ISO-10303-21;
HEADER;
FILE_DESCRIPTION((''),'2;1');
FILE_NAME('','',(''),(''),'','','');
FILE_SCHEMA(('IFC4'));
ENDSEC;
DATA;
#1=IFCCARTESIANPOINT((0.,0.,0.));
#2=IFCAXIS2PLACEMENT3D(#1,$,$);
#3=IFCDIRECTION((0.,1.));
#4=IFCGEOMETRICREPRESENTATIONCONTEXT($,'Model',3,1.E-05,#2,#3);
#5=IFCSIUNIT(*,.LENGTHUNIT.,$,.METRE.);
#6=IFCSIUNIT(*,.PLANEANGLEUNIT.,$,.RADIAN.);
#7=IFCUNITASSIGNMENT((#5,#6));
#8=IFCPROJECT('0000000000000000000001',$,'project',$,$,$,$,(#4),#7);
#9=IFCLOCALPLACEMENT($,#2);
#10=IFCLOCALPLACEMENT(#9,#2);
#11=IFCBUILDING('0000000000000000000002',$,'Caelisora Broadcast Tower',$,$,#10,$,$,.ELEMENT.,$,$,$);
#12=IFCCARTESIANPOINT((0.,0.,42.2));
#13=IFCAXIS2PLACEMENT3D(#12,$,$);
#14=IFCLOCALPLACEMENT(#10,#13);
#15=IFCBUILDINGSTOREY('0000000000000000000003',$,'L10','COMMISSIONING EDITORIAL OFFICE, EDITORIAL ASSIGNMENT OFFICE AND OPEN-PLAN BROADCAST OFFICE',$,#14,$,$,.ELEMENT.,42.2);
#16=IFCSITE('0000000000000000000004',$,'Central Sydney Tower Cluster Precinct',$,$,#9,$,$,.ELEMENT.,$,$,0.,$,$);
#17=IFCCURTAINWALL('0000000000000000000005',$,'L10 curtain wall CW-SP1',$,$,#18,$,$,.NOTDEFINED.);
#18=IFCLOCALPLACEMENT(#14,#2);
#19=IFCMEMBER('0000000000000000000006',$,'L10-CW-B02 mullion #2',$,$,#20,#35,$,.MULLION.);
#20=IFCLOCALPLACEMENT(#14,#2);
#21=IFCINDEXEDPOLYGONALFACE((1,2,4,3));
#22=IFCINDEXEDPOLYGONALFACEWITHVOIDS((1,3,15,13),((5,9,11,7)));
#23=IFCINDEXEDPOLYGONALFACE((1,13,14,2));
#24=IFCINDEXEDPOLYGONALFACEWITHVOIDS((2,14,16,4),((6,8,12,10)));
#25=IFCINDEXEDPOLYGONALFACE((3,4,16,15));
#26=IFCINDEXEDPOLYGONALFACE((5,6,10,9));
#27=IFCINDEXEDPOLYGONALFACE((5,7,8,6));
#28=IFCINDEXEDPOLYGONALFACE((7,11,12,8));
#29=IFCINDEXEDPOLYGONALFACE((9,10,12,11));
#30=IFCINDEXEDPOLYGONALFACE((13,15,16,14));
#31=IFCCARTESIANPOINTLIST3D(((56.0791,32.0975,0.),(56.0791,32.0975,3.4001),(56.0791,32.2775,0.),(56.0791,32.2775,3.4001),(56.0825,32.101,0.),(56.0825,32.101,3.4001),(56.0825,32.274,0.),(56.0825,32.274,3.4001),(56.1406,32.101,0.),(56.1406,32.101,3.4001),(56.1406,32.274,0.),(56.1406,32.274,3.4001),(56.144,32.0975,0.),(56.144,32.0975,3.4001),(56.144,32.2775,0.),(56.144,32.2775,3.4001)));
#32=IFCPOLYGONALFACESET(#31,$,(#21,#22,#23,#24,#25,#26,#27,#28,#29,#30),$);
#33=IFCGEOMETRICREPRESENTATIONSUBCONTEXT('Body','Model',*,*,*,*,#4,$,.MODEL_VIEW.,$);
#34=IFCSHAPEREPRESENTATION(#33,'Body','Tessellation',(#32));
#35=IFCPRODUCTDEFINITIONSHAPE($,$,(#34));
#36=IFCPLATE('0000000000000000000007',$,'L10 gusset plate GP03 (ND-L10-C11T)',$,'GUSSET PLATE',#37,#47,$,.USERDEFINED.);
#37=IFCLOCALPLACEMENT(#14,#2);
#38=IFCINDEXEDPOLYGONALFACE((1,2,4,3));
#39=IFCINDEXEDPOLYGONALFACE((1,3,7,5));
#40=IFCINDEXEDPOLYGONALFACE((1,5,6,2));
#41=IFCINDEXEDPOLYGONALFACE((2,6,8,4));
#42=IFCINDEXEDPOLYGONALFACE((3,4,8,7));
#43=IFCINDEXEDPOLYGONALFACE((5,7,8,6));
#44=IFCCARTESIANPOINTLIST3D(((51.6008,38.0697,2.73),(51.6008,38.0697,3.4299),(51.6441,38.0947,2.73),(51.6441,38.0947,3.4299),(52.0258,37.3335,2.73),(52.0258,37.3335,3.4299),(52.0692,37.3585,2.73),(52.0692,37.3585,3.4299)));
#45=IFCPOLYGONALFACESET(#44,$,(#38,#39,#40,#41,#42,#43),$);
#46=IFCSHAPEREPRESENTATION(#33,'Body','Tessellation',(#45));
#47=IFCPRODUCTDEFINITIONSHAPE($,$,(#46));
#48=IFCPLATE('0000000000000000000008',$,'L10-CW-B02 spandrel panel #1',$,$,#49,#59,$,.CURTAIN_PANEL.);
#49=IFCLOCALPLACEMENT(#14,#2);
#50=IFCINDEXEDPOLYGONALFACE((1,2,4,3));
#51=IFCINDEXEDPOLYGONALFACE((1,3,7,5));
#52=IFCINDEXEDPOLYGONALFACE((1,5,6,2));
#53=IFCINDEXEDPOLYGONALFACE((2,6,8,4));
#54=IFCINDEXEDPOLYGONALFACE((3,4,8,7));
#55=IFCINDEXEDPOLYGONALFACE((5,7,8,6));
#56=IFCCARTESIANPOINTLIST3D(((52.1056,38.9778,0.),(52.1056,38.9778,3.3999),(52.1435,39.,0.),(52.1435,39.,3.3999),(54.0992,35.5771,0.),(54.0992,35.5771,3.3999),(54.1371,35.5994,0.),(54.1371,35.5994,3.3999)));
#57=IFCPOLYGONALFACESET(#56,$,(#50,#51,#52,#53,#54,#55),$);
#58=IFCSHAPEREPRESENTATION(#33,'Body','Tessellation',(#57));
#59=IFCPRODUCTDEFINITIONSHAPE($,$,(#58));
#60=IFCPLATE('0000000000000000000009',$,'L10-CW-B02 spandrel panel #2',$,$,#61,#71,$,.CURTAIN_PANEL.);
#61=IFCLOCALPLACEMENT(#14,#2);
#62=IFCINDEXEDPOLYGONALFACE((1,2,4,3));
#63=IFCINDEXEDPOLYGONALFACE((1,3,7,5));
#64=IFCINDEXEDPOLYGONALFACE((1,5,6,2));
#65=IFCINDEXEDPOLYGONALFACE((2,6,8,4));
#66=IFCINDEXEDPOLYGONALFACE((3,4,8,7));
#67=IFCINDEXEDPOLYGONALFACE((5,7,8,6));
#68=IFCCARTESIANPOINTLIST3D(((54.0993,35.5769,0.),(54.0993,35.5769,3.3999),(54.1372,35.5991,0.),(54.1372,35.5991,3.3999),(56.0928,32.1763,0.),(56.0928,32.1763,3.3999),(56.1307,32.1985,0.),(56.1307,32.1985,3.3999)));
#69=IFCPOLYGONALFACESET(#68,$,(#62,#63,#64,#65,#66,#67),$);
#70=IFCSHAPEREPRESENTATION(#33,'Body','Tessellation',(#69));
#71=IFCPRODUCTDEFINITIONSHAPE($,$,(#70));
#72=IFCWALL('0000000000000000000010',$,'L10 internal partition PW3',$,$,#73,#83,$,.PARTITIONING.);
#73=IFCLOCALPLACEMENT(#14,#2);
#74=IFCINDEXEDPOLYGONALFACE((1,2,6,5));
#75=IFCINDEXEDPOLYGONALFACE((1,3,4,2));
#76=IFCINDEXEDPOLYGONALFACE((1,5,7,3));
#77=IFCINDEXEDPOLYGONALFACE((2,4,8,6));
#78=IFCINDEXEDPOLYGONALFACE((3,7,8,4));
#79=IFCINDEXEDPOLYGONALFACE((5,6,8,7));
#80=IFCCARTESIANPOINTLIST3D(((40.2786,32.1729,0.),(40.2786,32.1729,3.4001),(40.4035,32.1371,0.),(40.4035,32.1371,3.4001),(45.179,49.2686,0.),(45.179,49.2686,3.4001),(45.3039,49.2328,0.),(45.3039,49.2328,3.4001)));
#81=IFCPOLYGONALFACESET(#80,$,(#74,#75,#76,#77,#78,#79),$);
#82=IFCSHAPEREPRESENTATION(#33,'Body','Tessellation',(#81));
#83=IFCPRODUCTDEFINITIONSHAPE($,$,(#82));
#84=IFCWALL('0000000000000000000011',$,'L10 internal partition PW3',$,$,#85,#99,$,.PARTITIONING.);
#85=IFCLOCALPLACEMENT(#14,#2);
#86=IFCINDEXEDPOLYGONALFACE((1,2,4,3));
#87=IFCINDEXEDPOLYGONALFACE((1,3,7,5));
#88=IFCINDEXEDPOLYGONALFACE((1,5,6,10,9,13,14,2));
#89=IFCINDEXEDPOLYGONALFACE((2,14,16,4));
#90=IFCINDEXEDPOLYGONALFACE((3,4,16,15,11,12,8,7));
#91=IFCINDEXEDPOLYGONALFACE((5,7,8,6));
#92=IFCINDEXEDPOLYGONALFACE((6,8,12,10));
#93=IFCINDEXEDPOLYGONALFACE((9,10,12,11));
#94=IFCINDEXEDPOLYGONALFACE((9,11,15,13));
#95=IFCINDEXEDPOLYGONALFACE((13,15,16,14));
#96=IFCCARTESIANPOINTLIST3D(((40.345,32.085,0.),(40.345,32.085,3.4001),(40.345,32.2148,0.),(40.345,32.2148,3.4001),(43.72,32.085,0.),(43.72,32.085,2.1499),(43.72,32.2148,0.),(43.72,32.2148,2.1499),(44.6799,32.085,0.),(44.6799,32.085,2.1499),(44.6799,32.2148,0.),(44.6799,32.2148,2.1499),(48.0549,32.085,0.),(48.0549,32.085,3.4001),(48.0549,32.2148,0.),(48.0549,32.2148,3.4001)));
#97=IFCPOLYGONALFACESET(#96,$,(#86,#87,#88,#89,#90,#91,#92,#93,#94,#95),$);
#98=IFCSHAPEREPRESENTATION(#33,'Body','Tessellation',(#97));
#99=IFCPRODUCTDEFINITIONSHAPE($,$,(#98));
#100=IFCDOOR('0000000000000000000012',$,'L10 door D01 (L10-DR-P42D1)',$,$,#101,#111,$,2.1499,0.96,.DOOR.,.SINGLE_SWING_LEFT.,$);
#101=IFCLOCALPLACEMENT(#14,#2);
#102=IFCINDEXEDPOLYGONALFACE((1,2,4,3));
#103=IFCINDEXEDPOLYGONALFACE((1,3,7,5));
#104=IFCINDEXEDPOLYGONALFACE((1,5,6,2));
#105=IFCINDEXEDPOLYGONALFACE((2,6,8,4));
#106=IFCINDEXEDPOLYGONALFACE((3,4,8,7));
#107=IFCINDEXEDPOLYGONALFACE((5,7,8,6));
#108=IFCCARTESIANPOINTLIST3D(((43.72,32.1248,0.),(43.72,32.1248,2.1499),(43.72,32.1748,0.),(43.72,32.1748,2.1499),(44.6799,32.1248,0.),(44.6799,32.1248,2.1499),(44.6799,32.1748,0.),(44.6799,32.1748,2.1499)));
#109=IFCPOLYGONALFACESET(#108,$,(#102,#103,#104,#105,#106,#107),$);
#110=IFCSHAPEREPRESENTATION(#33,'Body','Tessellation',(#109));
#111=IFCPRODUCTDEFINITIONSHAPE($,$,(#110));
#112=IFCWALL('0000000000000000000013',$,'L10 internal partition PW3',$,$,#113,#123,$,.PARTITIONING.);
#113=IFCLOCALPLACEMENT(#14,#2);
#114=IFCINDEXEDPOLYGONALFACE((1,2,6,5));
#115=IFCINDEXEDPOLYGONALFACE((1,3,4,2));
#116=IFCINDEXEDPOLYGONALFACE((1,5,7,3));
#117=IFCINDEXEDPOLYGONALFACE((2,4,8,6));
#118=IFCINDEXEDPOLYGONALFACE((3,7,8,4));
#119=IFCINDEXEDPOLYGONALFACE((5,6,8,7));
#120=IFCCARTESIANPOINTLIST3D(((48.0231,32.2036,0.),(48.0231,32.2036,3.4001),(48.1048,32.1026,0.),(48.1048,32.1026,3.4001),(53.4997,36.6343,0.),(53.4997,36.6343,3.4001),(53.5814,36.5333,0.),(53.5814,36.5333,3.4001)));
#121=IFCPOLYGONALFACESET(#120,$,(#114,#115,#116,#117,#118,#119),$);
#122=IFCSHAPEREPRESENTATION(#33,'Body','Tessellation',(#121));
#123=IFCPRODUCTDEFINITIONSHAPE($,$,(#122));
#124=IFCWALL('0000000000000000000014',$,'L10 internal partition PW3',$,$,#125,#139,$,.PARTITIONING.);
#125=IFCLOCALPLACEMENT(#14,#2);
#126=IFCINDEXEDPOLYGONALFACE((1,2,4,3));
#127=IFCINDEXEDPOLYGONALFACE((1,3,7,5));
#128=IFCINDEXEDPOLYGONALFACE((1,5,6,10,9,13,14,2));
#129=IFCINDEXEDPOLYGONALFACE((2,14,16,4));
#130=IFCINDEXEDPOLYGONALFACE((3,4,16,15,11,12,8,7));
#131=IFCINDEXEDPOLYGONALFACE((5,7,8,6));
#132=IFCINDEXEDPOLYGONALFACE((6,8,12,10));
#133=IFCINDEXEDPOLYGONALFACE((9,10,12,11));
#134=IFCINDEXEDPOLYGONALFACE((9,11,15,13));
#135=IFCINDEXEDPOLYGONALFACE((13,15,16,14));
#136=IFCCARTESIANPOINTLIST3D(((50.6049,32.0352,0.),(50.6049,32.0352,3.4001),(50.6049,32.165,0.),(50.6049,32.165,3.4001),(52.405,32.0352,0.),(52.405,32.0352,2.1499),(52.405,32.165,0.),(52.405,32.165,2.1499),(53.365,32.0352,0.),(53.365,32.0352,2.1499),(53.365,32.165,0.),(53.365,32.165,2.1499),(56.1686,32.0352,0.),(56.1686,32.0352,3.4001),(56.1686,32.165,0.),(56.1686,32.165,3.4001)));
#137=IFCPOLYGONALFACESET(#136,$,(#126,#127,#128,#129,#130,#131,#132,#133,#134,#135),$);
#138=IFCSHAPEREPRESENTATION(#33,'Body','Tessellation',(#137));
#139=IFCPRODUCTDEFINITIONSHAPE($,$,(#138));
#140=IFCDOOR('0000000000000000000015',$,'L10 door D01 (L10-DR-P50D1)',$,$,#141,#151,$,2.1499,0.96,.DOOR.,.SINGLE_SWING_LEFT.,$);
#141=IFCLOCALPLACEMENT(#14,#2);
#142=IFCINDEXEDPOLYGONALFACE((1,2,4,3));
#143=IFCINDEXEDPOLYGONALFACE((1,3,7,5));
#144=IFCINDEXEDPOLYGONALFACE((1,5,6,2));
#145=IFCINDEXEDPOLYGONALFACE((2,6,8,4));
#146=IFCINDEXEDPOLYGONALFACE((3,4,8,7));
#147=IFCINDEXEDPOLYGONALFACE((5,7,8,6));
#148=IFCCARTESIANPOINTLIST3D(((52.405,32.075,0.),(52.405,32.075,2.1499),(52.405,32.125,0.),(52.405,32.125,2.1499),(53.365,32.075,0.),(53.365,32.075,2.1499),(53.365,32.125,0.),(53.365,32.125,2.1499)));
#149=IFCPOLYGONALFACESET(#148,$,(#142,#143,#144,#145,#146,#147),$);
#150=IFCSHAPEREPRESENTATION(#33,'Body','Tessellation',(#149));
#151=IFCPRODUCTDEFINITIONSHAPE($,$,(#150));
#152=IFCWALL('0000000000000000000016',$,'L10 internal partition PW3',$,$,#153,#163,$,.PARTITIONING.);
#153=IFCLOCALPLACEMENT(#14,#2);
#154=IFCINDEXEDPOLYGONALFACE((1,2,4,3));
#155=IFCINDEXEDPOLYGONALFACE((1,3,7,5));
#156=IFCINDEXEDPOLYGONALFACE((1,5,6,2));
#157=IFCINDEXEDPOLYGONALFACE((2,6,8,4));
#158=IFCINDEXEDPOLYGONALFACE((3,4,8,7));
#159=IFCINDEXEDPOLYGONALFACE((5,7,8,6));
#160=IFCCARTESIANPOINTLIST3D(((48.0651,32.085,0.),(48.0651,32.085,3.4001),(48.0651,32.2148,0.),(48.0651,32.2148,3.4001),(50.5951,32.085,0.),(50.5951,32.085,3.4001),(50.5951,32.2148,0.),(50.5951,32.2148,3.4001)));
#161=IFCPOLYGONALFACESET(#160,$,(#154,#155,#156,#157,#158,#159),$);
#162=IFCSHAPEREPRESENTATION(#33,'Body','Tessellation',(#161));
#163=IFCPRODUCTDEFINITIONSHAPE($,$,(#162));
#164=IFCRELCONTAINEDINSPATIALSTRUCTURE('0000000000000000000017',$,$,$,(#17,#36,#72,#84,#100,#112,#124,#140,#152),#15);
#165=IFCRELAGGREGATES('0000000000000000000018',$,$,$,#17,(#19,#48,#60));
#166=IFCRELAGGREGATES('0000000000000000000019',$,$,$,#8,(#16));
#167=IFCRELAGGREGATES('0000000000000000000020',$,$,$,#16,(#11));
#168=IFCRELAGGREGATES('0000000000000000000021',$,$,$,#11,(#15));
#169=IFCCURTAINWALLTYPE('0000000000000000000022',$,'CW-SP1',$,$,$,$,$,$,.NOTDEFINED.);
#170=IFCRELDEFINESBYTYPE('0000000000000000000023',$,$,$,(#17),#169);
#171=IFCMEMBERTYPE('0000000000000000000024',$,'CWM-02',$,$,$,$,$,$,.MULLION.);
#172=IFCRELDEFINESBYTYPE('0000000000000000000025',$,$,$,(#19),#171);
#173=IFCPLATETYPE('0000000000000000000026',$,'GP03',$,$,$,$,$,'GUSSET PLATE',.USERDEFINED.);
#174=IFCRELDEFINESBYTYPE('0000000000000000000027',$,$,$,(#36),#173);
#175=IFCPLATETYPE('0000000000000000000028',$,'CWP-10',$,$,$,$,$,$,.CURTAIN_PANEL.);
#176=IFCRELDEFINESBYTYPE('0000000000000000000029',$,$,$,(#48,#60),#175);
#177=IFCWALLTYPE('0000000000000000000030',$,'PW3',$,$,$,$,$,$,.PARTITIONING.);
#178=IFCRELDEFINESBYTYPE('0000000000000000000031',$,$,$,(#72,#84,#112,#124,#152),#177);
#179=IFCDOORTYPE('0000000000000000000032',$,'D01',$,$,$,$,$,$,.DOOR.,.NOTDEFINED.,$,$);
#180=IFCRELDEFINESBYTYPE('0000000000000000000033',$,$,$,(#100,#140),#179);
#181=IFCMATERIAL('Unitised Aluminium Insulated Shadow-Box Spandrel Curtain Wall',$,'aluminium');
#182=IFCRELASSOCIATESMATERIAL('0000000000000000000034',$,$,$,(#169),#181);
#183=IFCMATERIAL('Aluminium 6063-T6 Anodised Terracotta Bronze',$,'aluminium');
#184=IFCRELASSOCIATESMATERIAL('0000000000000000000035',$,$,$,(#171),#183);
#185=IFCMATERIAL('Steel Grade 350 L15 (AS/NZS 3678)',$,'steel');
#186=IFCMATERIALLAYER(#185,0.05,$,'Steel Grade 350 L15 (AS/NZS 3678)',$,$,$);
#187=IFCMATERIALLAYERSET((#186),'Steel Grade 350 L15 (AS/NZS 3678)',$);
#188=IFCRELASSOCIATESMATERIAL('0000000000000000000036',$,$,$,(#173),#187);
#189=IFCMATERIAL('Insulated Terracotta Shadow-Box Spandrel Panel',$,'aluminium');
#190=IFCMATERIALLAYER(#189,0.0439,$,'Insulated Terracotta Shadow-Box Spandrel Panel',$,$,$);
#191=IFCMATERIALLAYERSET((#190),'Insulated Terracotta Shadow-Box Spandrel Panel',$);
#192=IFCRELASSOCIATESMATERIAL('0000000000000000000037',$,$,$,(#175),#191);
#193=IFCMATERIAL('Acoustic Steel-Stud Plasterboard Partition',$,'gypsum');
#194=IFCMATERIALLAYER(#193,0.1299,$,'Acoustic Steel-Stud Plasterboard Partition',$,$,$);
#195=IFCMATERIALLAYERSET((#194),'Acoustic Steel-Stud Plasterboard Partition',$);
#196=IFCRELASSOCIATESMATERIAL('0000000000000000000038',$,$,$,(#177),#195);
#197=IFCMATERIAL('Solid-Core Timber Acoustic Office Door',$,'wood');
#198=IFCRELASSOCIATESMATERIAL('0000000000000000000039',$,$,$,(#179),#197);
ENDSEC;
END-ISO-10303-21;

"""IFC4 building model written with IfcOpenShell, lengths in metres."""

from ifc_helpers import new_model, si_unit, direction, frame, frame_2d, origin, origin_2d, place, context, subcontext, project, spatial, rectangle, hollow_rectangle, extrude, source, transform, mapped, material, layer, layer_set, material_profile, profile_set, type_object, type_shapes, element, fill, aggregate, save


model = new_model("IFC4")

# Units and contexts
model_context = context("Model", 3, precision=1e-05, world=origin(), true_north=direction((0.0, 1.0)))
body_context = subcontext(model_context, "Body", "Model", "MODEL_VIEW")
ifc_project = project(units=[si_unit("LENGTHUNIT", "METRE"), si_unit("PLANEANGLEUNIT", "RADIAN")], contexts=[model_context])

# Site, building, storey
site_placement = place(None, origin())
site = spatial("IfcSite", under=ifc_project, at=site_placement, Name="Central Sydney Tower Cluster Precinct", CompositionType="ELEMENT", RefElevation=0.0)
building_placement = place(site_placement, origin())
building = spatial("IfcBuilding", under=site, at=building_placement, Name="Caelisora Broadcast Tower", CompositionType="ELEMENT")
storey_placement = place(building_placement, frame((0.0, 0.0, 42.2)))
storey = spatial("IfcBuildingStorey", under=building, at=storey_placement, Name="L10", Description="COMMISSIONING EDITORIAL OFFICE, EDITORIAL ASSIGNMENT OFFICE AND OPEN-PLAN BROADCAST OFFICE", CompositionType="ELEMENT", Elevation=42.2)

# Shared definitions
ifc_material_1 = material(Name="Steel Grade 350 L15 (AS/NZS 3678)", Category="steel")

# Curtain wall, member
ifc_material_2 = material(Name="Unitised Aluminium Insulated Shadow-Box Spandrel Curtain Wall", Category="aluminium")
curtain_wall_type = type_object("IfcCurtainWallType", Name="CW-SP1", PredefinedType="NOTDEFINED", material=ifc_material_2)
curtain_wall_placement = place(storey_placement, origin())
curtain_wall = element("IfcCurtainWall", 1, at=curtain_wall_placement, inside=storey, type_object=curtain_wall_type, Name="L10 curtain wall CW-SP1", PredefinedType="NOTDEFINED")
ifc_material_3 = material(Name="Aluminium 6063-T6 Anodised Terracotta Bronze", Category="aluminium")
ifc_material_profile_1 = material_profile(ifc_material_3, hollow_rectangle(XDim=0.0649, YDim=0.1799, WallThickness=0.0034, at=origin_2d()), Name="Aluminium 6063-T6 Anodised Terracotta Bronze")
ifc_profile_set_1 = profile_set([ifc_material_profile_1], Name="Aluminium 6063-T6 Anodised Terracotta Bronze")
member_type = type_object("IfcMemberType", Name="CWM-02", PredefinedType="MULLION", material=ifc_profile_set_1)
shared_shape_1 = source(origin(), body_context, "Body", "SweptSolid", [
    extrude(hollow_rectangle(XDim=0.0649, YDim=0.1799, WallThickness=0.0034, at=origin_2d()), origin(), (0.0, 0.0, 1.0), 3.4001),
])
type_shapes(member_type, [shared_shape_1])
member_1_placement = place(storey_placement, frame((56.1116, 32.1875, 0.0), z_axis=(0.0, 0.0, 1.0), x_axis=(1.0, 0.0, 0.0)))
member_1 = element("IfcMember", 2, at=member_1_placement, type_object=member_type, Name="L10-CW-B02 mullion #2", PredefinedType="MULLION", context=body_context, shape_type="MappedRepresentation", body=[
    mapped(shared_shape_1, transform((0.0, 0.0, 0.0), scale=1.0)),
])

# Plates
ifc_layer_1 = layer(ifc_material_1, 0.05, Name="Steel Grade 350 L15 (AS/NZS 3678)")
ifc_layer_set_1 = layer_set([ifc_layer_1], Name="Steel Grade 350 L15 (AS/NZS 3678)")
plate_type_1 = type_object("IfcPlateType", Name="GP03", ElementType="GUSSET PLATE", PredefinedType="USERDEFINED", material=ifc_layer_set_1)
shared_shape_2 = source(origin(), body_context, "Body", "SweptSolid", [
    extrude(rectangle(XDim=0.8501, YDim=0.05, at=origin_2d()), origin(), (0.0, 0.0, 1.0), 0.7),
])
type_shapes(plate_type_1, [shared_shape_2])
plate_1_placement = place(storey_placement, frame((51.835, 37.7141, 2.73), z_axis=(0.0, 0.0, 1.0), x_axis=(-0.5, 0.866025, 0.0)))
element("IfcPlate", 3, at=plate_1_placement, inside=storey, type_object=plate_type_1, Name="L10 gusset plate GP03 (ND-L10-C11T)", ObjectType="GUSSET PLATE", PredefinedType="USERDEFINED", context=body_context, shape_type="MappedRepresentation", body=[
    mapped(shared_shape_2, transform((0.0, 0.0, 0.0), scale=1.0)),
])
ifc_material_4 = material(Name="Insulated Terracotta Shadow-Box Spandrel Panel", Category="aluminium")
ifc_layer_2 = layer(ifc_material_4, 0.0439, Name="Insulated Terracotta Shadow-Box Spandrel Panel")
ifc_layer_set_2 = layer_set([ifc_layer_2], Name="Insulated Terracotta Shadow-Box Spandrel Panel")
plate_type_2 = type_object("IfcPlateType", Name="CWP-10", PredefinedType="CURTAIN_PANEL", material=ifc_layer_set_2)
shared_shape_3 = source(origin(), body_context, "Body", "SweptSolid", [
    extrude(rectangle(XDim=3.9419, YDim=0.0439, at=origin_2d()), origin(), (0.0, 0.0, 1.0), 3.3999),
])
type_shapes(plate_type_2, [shared_shape_3])
plate_2_placement = place(storey_placement, frame((53.1213, 37.2886, 0.0), z_axis=(0.0, 0.0, 1.0), x_axis=(0.505733, -0.86269, 0.0)))
plate_2 = element("IfcPlate", 4, at=plate_2_placement, type_object=plate_type_2, Name="L10-CW-B02 spandrel panel #1", PredefinedType="CURTAIN_PANEL", context=body_context, shape_type="MappedRepresentation", body=[
    mapped(shared_shape_3, transform((0.0, 0.0, 0.0), scale=1.0)),
])
plate_3_placement = place(storey_placement, frame((55.115, 33.8877, 0.0), z_axis=(0.0, 0.0, 1.0), x_axis=(0.505733, -0.86269, 0.0)))
plate_3 = element("IfcPlate", 5, at=plate_3_placement, type_object=plate_type_2, Name="L10-CW-B02 spandrel panel #2", PredefinedType="CURTAIN_PANEL", context=body_context, shape_type="MappedRepresentation", body=[
    mapped(shared_shape_3, transform((0.0, 0.0, 0.0), scale=1.0)),
])
aggregate(curtain_wall, [member_1, plate_2, plate_3])

# Wall
ifc_material_5 = material(Name="Acoustic Steel-Stud Plasterboard Partition", Category="gypsum")
ifc_layer_3 = layer(ifc_material_5, 0.1299, Name="Acoustic Steel-Stud Plasterboard Partition")
ifc_layer_set_3 = layer_set([ifc_layer_3], Name="Acoustic Steel-Stud Plasterboard Partition")
wall_type = type_object("IfcWallType", Name="PW3", PredefinedType="PARTITIONING", material=ifc_layer_set_3)
wall_1_placement = place(storey_placement, frame((40.3411, 32.155, 0.0), z_axis=(0.0, 0.0, 1.0), x_axis=(0.275548, 0.961287, 0.0)))
element("IfcWall", 6, at=wall_1_placement, inside=storey, type_object=wall_type, Name="L10 internal partition PW3", PredefinedType="PARTITIONING", context=body_context, shape_type="SweptSolid", body=[
    extrude(rectangle(XDim=17.7842, YDim=0.1299, at=frame_2d((8.8921, 0.0))), origin(), (0.0, 0.0, 1.0), 3.4001),
])

# Wall, opening, door
wall_2_placement = place(storey_placement, frame((40.345, 32.1499, 0.0), z_axis=(0.0, 0.0, 1.0), x_axis=(1.0, 0.0, 0.0)))
wall_2 = element("IfcWall", 7, at=wall_2_placement, inside=storey, type_object=wall_type, Name="L10 internal partition PW3", PredefinedType="PARTITIONING", context=body_context, shape_type="SweptSolid", body=[
    extrude(rectangle(XDim=7.71, YDim=0.1299, at=frame_2d((3.855, 0.0))), origin(), (0.0, 0.0, 1.0), 3.4001),
])
opening_1_placement = place(wall_2_placement, frame((3.375, 0.0, 0.0)))
opening_1 = element("IfcOpeningElement", 8, at=opening_1_placement, cuts=wall_2, PredefinedType="OPENING", context=body_context, shape_type="SweptSolid", body=[
    extrude(rectangle(XDim=0.96, YDim=2.1499, at=frame_2d((0.48, 1.075))), frame((0.0, 0.0769, 0.0), z_axis=(0.0, -1.0, 0.0), x_axis=(1.0, 0.0, 0.0)), (0.0, 0.0, 1.0), 0.1538),
])
ifc_material_6 = material(Name="Solid-Core Timber Acoustic Office Door", Category="wood")
door_type = type_object("IfcDoorType", Name="D01", OperationType="NOTDEFINED", PredefinedType="DOOR", material=ifc_material_6)
door_1_placement = place(opening_1_placement, origin())
door_1 = element("IfcDoor", 9, at=door_1_placement, inside=storey, type_object=door_type, Name="L10 door D01 (L10-DR-P42D1)", OperationType="SINGLE_SWING_LEFT", OverallHeight=2.1499, OverallWidth=0.96, PredefinedType="DOOR", context=body_context, shape_type="SweptSolid", body=[
    extrude(rectangle(XDim=0.96, YDim=2.1499, at=frame_2d((0.48, 1.075))), frame((0.0, 0.0249, 0.0), z_axis=(0.0, -1.0, 0.0), x_axis=(1.0, 0.0, 0.0)), (0.0, 0.0, 1.0), 0.05),
])
fill(opening_1, door_1)

# Wall
wall_3_placement = place(storey_placement, frame((48.064, 32.1531, 0.0), z_axis=(0.0, 0.0, 1.0), x_axis=(0.777435, 0.628963, 0.0)))
element("IfcWall", 10, at=wall_3_placement, inside=storey, type_object=wall_type, Name="L10 internal partition PW3", PredefinedType="PARTITIONING", context=body_context, shape_type="SweptSolid", body=[
    extrude(rectangle(XDim=7.0444, YDim=0.1299, at=frame_2d((3.5222, 0.0))), origin(), (0.0, 0.0, 1.0), 3.4001),
])

# Wall, opening, door
wall_4_placement = place(storey_placement, frame((50.605, 32.1001, 0.0), z_axis=(0.0, 0.0, 1.0), x_axis=(1.0, 0.0, 0.0)))
wall_4 = element("IfcWall", 11, at=wall_4_placement, inside=storey, type_object=wall_type, Name="L10 internal partition PW3", PredefinedType="PARTITIONING", context=body_context, shape_type="SweptSolid", body=[
    extrude(rectangle(XDim=5.5637, YDim=0.1299, at=frame_2d((2.7817, 0.0))), origin(), (0.0, 0.0, 1.0), 3.4001),
])
opening_2_placement = place(wall_4_placement, frame((1.8, 0.0, 0.0)))
opening_2 = element("IfcOpeningElement", 12, at=opening_2_placement, cuts=wall_4, PredefinedType="OPENING", context=body_context, shape_type="SweptSolid", body=[
    extrude(rectangle(XDim=0.96, YDim=2.1499, at=frame_2d((0.48, 1.075))), frame((0.0, 0.0769, 0.0), z_axis=(0.0, -1.0, 0.0), x_axis=(1.0, 0.0, 0.0)), (0.0, 0.0, 1.0), 0.1538),
])
door_2_placement = place(opening_2_placement, origin())
door_2 = element("IfcDoor", 13, at=door_2_placement, inside=storey, type_object=door_type, Name="L10 door D01 (L10-DR-P50D1)", OperationType="SINGLE_SWING_LEFT", OverallHeight=2.1499, OverallWidth=0.96, PredefinedType="DOOR", context=body_context, shape_type="SweptSolid", body=[
    extrude(rectangle(XDim=0.96, YDim=2.1499, at=frame_2d((0.48, 1.075))), frame((0.0, 0.0249, 0.0), z_axis=(0.0, -1.0, 0.0), x_axis=(1.0, 0.0, 0.0)), (0.0, 0.0, 1.0), 0.05),
])
fill(opening_2, door_2)

# Wall
wall_5_placement = place(storey_placement, frame((48.0649, 32.1499, 0.0), z_axis=(0.0, 0.0, 1.0), x_axis=(1.0, 0.0, 0.0)))
element("IfcWall", 14, at=wall_5_placement, inside=storey, type_object=wall_type, Name="L10 internal partition PW3", PredefinedType="PARTITIONING", context=body_context, shape_type="SweptSolid", body=[
    extrude(rectangle(XDim=2.53, YDim=0.1299, at=frame_2d((1.2651, 0.0))), origin(), (0.0, 0.0, 1.0), 3.4001),
])

save(model, "model.ifc")
